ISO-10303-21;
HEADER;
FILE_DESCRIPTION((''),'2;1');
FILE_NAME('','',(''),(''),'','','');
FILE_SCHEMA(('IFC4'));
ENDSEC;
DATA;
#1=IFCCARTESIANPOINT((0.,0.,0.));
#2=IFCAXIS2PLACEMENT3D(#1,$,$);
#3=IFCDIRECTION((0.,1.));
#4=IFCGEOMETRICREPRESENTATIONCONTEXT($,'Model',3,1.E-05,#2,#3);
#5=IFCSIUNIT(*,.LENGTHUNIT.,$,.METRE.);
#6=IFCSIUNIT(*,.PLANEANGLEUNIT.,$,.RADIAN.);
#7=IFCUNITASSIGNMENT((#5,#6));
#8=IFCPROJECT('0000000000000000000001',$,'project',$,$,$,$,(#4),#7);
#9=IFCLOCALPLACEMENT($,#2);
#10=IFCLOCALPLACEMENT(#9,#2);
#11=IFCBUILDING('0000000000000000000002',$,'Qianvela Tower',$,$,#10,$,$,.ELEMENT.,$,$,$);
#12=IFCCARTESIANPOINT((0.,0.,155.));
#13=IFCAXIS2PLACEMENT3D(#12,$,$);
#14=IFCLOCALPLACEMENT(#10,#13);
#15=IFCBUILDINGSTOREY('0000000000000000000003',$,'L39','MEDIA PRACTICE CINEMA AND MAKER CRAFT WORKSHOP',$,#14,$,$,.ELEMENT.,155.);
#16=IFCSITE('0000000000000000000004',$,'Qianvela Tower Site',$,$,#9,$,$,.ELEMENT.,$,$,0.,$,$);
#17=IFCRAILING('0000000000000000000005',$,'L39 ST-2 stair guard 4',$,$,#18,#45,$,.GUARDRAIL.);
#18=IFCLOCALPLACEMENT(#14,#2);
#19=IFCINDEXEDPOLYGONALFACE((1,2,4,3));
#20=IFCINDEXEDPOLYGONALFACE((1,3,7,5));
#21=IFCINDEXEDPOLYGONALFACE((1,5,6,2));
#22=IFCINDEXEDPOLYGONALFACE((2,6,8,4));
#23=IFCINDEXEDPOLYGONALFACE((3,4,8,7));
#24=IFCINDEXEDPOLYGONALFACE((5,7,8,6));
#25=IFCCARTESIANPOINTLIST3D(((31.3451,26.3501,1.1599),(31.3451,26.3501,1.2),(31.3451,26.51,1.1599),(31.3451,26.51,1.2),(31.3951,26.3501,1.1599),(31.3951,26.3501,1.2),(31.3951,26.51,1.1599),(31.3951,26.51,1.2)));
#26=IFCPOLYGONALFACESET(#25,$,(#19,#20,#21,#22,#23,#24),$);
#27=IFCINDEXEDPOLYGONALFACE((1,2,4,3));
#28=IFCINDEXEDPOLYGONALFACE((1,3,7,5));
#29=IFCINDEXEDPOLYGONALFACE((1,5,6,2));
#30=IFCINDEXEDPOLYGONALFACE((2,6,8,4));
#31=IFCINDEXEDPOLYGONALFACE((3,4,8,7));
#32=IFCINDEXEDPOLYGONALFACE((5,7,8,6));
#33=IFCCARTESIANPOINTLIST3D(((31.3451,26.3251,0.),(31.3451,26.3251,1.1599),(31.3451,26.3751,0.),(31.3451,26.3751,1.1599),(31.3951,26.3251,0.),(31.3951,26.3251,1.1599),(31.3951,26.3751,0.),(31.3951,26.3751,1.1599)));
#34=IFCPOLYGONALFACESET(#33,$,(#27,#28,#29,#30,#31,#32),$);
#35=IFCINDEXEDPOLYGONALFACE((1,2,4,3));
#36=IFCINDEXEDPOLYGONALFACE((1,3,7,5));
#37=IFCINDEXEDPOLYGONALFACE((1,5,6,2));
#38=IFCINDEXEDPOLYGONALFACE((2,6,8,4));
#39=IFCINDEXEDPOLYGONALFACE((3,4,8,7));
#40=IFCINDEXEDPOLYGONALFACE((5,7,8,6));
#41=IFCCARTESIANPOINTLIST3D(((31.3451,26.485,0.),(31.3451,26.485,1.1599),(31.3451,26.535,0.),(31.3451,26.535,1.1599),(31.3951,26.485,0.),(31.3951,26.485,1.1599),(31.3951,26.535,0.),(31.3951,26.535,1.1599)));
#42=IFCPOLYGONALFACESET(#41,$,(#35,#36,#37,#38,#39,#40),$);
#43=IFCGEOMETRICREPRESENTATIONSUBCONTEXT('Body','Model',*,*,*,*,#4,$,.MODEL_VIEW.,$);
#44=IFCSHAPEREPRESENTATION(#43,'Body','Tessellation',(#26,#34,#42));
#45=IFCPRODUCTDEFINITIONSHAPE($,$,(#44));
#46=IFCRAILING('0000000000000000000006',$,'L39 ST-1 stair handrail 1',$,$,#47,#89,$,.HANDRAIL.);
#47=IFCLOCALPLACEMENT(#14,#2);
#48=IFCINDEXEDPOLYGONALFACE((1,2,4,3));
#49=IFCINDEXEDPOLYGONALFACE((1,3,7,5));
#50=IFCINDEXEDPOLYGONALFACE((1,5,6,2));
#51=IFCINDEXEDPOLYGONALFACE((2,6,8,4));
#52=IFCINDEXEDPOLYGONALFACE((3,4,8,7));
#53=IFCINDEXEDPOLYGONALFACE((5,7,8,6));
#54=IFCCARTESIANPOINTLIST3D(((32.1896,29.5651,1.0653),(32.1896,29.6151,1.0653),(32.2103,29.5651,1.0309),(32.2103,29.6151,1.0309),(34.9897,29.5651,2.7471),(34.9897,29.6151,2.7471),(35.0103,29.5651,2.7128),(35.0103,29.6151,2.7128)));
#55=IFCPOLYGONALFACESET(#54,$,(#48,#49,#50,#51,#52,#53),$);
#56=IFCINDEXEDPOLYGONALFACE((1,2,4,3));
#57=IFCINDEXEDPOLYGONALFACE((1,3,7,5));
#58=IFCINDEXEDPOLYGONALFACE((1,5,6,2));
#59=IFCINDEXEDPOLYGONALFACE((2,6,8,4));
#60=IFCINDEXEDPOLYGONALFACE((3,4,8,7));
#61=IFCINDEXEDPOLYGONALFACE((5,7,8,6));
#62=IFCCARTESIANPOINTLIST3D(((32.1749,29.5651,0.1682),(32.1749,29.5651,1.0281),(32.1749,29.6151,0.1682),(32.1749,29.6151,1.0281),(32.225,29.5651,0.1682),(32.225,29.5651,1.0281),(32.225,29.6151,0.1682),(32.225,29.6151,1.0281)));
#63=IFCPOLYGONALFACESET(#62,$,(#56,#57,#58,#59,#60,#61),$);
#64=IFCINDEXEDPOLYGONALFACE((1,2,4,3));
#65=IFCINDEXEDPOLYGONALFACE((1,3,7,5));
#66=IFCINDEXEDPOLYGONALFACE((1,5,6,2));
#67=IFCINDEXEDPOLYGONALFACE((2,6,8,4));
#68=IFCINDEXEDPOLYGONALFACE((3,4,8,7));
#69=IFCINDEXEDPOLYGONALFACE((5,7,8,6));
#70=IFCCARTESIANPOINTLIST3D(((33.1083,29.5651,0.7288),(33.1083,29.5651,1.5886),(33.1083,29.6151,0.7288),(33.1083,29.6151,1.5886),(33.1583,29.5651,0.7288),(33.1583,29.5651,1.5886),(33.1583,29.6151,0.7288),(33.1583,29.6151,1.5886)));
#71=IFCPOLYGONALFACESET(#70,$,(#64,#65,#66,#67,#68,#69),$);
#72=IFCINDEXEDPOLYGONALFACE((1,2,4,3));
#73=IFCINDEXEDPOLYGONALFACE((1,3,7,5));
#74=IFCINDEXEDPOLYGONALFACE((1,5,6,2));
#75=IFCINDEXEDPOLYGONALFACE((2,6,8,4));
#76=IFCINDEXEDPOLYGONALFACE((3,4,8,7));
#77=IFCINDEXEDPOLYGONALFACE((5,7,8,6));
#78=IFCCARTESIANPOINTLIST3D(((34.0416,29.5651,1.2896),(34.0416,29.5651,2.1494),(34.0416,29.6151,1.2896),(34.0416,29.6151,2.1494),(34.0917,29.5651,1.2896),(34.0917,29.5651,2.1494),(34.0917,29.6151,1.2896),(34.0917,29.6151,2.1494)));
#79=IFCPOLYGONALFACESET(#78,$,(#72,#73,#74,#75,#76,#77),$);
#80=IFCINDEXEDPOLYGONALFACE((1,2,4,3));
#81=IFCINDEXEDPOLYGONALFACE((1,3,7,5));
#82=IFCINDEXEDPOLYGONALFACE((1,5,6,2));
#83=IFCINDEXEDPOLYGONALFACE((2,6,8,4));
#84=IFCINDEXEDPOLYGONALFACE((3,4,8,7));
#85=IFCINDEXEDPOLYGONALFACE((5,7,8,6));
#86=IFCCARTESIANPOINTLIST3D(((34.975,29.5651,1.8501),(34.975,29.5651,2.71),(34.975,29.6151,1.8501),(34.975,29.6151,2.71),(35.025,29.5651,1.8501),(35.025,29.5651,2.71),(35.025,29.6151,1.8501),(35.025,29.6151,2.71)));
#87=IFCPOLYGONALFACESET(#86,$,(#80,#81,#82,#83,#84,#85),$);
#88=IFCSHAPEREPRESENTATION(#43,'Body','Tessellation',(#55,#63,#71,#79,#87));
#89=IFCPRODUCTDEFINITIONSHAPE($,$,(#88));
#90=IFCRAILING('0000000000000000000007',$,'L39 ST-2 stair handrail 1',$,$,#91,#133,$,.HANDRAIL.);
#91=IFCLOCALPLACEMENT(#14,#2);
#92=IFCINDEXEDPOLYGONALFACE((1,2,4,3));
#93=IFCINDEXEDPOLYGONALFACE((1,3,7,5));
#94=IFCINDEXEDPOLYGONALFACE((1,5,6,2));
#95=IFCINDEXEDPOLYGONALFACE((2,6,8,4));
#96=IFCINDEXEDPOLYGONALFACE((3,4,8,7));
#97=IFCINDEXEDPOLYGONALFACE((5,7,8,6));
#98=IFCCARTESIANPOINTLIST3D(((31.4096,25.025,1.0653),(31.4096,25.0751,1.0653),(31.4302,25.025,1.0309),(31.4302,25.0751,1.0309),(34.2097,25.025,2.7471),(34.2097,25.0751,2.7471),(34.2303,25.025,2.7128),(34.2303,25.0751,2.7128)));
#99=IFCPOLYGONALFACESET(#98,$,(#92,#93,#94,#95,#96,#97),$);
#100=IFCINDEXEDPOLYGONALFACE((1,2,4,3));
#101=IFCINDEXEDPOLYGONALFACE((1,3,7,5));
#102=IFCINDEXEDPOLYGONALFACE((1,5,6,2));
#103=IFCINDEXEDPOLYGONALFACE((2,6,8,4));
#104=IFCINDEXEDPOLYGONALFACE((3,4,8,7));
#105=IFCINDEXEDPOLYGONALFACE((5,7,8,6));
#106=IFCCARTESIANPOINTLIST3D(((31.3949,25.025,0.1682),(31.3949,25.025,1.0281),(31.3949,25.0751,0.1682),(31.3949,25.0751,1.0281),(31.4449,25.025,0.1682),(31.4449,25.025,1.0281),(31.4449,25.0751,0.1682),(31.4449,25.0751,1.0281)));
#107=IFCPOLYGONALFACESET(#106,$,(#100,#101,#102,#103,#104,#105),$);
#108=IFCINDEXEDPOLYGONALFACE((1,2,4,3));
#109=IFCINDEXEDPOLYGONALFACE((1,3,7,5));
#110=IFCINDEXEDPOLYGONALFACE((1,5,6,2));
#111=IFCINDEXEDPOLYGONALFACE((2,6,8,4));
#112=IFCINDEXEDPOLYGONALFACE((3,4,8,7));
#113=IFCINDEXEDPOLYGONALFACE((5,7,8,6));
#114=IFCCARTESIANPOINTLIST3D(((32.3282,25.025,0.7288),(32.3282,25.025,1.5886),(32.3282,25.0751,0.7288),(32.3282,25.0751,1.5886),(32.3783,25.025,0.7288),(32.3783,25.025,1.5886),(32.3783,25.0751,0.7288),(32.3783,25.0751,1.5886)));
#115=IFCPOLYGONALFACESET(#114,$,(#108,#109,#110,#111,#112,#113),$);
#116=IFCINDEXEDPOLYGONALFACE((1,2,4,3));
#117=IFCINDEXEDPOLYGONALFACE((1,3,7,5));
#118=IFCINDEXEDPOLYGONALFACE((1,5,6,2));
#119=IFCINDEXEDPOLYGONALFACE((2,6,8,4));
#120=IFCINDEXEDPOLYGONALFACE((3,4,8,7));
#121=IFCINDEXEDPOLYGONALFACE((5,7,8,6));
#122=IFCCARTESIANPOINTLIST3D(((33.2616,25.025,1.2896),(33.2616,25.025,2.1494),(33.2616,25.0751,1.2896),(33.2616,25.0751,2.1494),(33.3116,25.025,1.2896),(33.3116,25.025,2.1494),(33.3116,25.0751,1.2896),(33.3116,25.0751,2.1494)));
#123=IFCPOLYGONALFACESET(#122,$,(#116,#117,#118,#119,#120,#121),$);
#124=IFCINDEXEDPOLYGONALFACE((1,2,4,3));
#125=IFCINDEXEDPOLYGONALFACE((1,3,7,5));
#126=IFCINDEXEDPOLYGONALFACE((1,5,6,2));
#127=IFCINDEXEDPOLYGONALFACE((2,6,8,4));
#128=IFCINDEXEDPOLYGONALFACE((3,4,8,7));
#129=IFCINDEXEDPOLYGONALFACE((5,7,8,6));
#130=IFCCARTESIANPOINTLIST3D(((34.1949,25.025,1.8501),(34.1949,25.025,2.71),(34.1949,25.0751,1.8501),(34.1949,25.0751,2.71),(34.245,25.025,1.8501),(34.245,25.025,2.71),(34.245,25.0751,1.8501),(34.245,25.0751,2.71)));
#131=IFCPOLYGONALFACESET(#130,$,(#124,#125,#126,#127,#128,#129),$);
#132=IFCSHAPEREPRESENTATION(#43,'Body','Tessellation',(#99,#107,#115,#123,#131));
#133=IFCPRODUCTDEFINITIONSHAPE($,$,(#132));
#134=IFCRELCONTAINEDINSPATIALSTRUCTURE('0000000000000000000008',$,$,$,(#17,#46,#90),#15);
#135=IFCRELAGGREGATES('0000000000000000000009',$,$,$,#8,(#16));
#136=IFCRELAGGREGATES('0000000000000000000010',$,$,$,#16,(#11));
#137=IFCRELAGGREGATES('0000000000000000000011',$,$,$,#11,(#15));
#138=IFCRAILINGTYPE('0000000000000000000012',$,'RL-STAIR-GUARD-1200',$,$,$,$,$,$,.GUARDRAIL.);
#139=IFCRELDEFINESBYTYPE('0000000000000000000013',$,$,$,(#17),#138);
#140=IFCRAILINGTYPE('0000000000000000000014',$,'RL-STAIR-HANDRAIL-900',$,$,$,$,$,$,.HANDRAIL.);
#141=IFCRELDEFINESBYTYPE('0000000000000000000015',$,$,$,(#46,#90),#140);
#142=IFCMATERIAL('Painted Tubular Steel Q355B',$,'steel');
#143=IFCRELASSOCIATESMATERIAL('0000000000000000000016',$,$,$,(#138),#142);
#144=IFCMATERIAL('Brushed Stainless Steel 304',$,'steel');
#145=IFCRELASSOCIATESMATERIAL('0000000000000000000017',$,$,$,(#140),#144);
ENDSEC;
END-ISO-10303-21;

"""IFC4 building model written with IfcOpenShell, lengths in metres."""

from ifc_helpers import new_model, si_unit, direction, frame, origin, origin_2d, place, context, subcontext, project, spatial, rectangle, extrude, material, type_object, element, save


model = new_model("IFC4")

# Units and contexts
model_context = context("Model", 3, precision=1e-05, world=origin(), true_north=direction((0.0, 1.0)))
body_context = subcontext(model_context, "Body", "Model", "MODEL_VIEW")
ifc_project = project(units=[si_unit("LENGTHUNIT", "METRE"), si_unit("PLANEANGLEUNIT", "RADIAN")], contexts=[model_context])

# Site, building, storey
site_placement = place(None, origin())
site = spatial("IfcSite", under=ifc_project, at=site_placement, Name="Qianvela Tower Site", CompositionType="ELEMENT", RefElevation=0.0)
building_placement = place(site_placement, origin())
building = spatial("IfcBuilding", under=site, at=building_placement, Name="Qianvela Tower", CompositionType="ELEMENT")
storey_placement = place(building_placement, frame((0.0, 0.0, 155.0)))
storey = spatial("IfcBuildingStorey", under=building, at=storey_placement, Name="L39", Description="MEDIA PRACTICE CINEMA AND MAKER CRAFT WORKSHOP", CompositionType="ELEMENT", Elevation=155.0)

# Railings
ifc_material_1 = material(Name="Painted Tubular Steel Q355B", Category="steel")
railing_type_1 = type_object("IfcRailingType", Name="RL-STAIR-GUARD-1200", PredefinedType="GUARDRAIL", material=ifc_material_1)
railing_1_placement = place(storey_placement, frame((31.3701, 26.3501, 0.0)))
element("IfcRailing", 1, at=railing_1_placement, inside=storey, type_object=railing_type_1, Name="L39 ST-2 stair guard 4", PredefinedType="GUARDRAIL", context=body_context, shape_type="SweptSolid", body=[
    extrude(rectangle(XDim=0.05, YDim=0.04, at=origin_2d()), frame((0.0, 0.0, 1.1799), z_axis=(0.0, 1.0, 0.0), x_axis=(-1.0, 0.0, 0.0)), (0.0, 0.0, 1.0), 0.1599),
    extrude(rectangle(XDim=0.05, YDim=0.05, at=origin_2d()), origin(), (0.0, 0.0, 1.0), 1.1599),
    extrude(rectangle(XDim=0.05, YDim=0.05, at=origin_2d()), frame((0.0, 0.1599, 0.0)), (0.0, 0.0, 1.0), 1.1599),
])
ifc_material_2 = material(Name="Brushed Stainless Steel 304", Category="steel")
railing_type_2 = type_object("IfcRailingType", Name="RL-STAIR-HANDRAIL-900", PredefinedType="HANDRAIL", material=ifc_material_2)
for number, where, name in (
    (2, (32.2, 29.5901, 0.1682), "L39 ST-1 stair handrail 1"),
    (3, (31.4199, 25.05, 0.1682), "L39 ST-2 stair handrail 1"),
):
    element("IfcRailing", number, at=place(storey_placement, frame(where)), inside=storey, type_object=railing_type_2, Name=name, PredefinedType="HANDRAIL", context=body_context, shape_type="SweptSolid", body=[
        extrude(rectangle(XDim=0.05, YDim=0.04, at=origin_2d()), frame((0.0, 0.0, 0.8799), z_axis=(0.857242, 0.0, 0.514913), x_axis=(0.0, 1.0, 0.0)), (0.0, 0.0, 1.0), 3.2664),
        extrude(rectangle(XDim=0.05, YDim=0.05, at=origin_2d()), origin(), (0.0, 0.0, 1.0), 0.8599),
        extrude(rectangle(XDim=0.05, YDim=0.05, at=origin_2d()), frame((0.9333, 0.0, 0.5605)), (0.0, 0.0, 1.0), 0.8599),
        extrude(rectangle(XDim=0.05, YDim=0.05, at=origin_2d()), frame((1.8667, 0.0, 1.1213)), (0.0, 0.0, 1.0), 0.8599),
        extrude(rectangle(XDim=0.05, YDim=0.05, at=origin_2d()), frame((2.8, 0.0, 1.6819)), (0.0, 0.0, 1.0), 0.8599),
    ])

save(model, "model.ifc")
